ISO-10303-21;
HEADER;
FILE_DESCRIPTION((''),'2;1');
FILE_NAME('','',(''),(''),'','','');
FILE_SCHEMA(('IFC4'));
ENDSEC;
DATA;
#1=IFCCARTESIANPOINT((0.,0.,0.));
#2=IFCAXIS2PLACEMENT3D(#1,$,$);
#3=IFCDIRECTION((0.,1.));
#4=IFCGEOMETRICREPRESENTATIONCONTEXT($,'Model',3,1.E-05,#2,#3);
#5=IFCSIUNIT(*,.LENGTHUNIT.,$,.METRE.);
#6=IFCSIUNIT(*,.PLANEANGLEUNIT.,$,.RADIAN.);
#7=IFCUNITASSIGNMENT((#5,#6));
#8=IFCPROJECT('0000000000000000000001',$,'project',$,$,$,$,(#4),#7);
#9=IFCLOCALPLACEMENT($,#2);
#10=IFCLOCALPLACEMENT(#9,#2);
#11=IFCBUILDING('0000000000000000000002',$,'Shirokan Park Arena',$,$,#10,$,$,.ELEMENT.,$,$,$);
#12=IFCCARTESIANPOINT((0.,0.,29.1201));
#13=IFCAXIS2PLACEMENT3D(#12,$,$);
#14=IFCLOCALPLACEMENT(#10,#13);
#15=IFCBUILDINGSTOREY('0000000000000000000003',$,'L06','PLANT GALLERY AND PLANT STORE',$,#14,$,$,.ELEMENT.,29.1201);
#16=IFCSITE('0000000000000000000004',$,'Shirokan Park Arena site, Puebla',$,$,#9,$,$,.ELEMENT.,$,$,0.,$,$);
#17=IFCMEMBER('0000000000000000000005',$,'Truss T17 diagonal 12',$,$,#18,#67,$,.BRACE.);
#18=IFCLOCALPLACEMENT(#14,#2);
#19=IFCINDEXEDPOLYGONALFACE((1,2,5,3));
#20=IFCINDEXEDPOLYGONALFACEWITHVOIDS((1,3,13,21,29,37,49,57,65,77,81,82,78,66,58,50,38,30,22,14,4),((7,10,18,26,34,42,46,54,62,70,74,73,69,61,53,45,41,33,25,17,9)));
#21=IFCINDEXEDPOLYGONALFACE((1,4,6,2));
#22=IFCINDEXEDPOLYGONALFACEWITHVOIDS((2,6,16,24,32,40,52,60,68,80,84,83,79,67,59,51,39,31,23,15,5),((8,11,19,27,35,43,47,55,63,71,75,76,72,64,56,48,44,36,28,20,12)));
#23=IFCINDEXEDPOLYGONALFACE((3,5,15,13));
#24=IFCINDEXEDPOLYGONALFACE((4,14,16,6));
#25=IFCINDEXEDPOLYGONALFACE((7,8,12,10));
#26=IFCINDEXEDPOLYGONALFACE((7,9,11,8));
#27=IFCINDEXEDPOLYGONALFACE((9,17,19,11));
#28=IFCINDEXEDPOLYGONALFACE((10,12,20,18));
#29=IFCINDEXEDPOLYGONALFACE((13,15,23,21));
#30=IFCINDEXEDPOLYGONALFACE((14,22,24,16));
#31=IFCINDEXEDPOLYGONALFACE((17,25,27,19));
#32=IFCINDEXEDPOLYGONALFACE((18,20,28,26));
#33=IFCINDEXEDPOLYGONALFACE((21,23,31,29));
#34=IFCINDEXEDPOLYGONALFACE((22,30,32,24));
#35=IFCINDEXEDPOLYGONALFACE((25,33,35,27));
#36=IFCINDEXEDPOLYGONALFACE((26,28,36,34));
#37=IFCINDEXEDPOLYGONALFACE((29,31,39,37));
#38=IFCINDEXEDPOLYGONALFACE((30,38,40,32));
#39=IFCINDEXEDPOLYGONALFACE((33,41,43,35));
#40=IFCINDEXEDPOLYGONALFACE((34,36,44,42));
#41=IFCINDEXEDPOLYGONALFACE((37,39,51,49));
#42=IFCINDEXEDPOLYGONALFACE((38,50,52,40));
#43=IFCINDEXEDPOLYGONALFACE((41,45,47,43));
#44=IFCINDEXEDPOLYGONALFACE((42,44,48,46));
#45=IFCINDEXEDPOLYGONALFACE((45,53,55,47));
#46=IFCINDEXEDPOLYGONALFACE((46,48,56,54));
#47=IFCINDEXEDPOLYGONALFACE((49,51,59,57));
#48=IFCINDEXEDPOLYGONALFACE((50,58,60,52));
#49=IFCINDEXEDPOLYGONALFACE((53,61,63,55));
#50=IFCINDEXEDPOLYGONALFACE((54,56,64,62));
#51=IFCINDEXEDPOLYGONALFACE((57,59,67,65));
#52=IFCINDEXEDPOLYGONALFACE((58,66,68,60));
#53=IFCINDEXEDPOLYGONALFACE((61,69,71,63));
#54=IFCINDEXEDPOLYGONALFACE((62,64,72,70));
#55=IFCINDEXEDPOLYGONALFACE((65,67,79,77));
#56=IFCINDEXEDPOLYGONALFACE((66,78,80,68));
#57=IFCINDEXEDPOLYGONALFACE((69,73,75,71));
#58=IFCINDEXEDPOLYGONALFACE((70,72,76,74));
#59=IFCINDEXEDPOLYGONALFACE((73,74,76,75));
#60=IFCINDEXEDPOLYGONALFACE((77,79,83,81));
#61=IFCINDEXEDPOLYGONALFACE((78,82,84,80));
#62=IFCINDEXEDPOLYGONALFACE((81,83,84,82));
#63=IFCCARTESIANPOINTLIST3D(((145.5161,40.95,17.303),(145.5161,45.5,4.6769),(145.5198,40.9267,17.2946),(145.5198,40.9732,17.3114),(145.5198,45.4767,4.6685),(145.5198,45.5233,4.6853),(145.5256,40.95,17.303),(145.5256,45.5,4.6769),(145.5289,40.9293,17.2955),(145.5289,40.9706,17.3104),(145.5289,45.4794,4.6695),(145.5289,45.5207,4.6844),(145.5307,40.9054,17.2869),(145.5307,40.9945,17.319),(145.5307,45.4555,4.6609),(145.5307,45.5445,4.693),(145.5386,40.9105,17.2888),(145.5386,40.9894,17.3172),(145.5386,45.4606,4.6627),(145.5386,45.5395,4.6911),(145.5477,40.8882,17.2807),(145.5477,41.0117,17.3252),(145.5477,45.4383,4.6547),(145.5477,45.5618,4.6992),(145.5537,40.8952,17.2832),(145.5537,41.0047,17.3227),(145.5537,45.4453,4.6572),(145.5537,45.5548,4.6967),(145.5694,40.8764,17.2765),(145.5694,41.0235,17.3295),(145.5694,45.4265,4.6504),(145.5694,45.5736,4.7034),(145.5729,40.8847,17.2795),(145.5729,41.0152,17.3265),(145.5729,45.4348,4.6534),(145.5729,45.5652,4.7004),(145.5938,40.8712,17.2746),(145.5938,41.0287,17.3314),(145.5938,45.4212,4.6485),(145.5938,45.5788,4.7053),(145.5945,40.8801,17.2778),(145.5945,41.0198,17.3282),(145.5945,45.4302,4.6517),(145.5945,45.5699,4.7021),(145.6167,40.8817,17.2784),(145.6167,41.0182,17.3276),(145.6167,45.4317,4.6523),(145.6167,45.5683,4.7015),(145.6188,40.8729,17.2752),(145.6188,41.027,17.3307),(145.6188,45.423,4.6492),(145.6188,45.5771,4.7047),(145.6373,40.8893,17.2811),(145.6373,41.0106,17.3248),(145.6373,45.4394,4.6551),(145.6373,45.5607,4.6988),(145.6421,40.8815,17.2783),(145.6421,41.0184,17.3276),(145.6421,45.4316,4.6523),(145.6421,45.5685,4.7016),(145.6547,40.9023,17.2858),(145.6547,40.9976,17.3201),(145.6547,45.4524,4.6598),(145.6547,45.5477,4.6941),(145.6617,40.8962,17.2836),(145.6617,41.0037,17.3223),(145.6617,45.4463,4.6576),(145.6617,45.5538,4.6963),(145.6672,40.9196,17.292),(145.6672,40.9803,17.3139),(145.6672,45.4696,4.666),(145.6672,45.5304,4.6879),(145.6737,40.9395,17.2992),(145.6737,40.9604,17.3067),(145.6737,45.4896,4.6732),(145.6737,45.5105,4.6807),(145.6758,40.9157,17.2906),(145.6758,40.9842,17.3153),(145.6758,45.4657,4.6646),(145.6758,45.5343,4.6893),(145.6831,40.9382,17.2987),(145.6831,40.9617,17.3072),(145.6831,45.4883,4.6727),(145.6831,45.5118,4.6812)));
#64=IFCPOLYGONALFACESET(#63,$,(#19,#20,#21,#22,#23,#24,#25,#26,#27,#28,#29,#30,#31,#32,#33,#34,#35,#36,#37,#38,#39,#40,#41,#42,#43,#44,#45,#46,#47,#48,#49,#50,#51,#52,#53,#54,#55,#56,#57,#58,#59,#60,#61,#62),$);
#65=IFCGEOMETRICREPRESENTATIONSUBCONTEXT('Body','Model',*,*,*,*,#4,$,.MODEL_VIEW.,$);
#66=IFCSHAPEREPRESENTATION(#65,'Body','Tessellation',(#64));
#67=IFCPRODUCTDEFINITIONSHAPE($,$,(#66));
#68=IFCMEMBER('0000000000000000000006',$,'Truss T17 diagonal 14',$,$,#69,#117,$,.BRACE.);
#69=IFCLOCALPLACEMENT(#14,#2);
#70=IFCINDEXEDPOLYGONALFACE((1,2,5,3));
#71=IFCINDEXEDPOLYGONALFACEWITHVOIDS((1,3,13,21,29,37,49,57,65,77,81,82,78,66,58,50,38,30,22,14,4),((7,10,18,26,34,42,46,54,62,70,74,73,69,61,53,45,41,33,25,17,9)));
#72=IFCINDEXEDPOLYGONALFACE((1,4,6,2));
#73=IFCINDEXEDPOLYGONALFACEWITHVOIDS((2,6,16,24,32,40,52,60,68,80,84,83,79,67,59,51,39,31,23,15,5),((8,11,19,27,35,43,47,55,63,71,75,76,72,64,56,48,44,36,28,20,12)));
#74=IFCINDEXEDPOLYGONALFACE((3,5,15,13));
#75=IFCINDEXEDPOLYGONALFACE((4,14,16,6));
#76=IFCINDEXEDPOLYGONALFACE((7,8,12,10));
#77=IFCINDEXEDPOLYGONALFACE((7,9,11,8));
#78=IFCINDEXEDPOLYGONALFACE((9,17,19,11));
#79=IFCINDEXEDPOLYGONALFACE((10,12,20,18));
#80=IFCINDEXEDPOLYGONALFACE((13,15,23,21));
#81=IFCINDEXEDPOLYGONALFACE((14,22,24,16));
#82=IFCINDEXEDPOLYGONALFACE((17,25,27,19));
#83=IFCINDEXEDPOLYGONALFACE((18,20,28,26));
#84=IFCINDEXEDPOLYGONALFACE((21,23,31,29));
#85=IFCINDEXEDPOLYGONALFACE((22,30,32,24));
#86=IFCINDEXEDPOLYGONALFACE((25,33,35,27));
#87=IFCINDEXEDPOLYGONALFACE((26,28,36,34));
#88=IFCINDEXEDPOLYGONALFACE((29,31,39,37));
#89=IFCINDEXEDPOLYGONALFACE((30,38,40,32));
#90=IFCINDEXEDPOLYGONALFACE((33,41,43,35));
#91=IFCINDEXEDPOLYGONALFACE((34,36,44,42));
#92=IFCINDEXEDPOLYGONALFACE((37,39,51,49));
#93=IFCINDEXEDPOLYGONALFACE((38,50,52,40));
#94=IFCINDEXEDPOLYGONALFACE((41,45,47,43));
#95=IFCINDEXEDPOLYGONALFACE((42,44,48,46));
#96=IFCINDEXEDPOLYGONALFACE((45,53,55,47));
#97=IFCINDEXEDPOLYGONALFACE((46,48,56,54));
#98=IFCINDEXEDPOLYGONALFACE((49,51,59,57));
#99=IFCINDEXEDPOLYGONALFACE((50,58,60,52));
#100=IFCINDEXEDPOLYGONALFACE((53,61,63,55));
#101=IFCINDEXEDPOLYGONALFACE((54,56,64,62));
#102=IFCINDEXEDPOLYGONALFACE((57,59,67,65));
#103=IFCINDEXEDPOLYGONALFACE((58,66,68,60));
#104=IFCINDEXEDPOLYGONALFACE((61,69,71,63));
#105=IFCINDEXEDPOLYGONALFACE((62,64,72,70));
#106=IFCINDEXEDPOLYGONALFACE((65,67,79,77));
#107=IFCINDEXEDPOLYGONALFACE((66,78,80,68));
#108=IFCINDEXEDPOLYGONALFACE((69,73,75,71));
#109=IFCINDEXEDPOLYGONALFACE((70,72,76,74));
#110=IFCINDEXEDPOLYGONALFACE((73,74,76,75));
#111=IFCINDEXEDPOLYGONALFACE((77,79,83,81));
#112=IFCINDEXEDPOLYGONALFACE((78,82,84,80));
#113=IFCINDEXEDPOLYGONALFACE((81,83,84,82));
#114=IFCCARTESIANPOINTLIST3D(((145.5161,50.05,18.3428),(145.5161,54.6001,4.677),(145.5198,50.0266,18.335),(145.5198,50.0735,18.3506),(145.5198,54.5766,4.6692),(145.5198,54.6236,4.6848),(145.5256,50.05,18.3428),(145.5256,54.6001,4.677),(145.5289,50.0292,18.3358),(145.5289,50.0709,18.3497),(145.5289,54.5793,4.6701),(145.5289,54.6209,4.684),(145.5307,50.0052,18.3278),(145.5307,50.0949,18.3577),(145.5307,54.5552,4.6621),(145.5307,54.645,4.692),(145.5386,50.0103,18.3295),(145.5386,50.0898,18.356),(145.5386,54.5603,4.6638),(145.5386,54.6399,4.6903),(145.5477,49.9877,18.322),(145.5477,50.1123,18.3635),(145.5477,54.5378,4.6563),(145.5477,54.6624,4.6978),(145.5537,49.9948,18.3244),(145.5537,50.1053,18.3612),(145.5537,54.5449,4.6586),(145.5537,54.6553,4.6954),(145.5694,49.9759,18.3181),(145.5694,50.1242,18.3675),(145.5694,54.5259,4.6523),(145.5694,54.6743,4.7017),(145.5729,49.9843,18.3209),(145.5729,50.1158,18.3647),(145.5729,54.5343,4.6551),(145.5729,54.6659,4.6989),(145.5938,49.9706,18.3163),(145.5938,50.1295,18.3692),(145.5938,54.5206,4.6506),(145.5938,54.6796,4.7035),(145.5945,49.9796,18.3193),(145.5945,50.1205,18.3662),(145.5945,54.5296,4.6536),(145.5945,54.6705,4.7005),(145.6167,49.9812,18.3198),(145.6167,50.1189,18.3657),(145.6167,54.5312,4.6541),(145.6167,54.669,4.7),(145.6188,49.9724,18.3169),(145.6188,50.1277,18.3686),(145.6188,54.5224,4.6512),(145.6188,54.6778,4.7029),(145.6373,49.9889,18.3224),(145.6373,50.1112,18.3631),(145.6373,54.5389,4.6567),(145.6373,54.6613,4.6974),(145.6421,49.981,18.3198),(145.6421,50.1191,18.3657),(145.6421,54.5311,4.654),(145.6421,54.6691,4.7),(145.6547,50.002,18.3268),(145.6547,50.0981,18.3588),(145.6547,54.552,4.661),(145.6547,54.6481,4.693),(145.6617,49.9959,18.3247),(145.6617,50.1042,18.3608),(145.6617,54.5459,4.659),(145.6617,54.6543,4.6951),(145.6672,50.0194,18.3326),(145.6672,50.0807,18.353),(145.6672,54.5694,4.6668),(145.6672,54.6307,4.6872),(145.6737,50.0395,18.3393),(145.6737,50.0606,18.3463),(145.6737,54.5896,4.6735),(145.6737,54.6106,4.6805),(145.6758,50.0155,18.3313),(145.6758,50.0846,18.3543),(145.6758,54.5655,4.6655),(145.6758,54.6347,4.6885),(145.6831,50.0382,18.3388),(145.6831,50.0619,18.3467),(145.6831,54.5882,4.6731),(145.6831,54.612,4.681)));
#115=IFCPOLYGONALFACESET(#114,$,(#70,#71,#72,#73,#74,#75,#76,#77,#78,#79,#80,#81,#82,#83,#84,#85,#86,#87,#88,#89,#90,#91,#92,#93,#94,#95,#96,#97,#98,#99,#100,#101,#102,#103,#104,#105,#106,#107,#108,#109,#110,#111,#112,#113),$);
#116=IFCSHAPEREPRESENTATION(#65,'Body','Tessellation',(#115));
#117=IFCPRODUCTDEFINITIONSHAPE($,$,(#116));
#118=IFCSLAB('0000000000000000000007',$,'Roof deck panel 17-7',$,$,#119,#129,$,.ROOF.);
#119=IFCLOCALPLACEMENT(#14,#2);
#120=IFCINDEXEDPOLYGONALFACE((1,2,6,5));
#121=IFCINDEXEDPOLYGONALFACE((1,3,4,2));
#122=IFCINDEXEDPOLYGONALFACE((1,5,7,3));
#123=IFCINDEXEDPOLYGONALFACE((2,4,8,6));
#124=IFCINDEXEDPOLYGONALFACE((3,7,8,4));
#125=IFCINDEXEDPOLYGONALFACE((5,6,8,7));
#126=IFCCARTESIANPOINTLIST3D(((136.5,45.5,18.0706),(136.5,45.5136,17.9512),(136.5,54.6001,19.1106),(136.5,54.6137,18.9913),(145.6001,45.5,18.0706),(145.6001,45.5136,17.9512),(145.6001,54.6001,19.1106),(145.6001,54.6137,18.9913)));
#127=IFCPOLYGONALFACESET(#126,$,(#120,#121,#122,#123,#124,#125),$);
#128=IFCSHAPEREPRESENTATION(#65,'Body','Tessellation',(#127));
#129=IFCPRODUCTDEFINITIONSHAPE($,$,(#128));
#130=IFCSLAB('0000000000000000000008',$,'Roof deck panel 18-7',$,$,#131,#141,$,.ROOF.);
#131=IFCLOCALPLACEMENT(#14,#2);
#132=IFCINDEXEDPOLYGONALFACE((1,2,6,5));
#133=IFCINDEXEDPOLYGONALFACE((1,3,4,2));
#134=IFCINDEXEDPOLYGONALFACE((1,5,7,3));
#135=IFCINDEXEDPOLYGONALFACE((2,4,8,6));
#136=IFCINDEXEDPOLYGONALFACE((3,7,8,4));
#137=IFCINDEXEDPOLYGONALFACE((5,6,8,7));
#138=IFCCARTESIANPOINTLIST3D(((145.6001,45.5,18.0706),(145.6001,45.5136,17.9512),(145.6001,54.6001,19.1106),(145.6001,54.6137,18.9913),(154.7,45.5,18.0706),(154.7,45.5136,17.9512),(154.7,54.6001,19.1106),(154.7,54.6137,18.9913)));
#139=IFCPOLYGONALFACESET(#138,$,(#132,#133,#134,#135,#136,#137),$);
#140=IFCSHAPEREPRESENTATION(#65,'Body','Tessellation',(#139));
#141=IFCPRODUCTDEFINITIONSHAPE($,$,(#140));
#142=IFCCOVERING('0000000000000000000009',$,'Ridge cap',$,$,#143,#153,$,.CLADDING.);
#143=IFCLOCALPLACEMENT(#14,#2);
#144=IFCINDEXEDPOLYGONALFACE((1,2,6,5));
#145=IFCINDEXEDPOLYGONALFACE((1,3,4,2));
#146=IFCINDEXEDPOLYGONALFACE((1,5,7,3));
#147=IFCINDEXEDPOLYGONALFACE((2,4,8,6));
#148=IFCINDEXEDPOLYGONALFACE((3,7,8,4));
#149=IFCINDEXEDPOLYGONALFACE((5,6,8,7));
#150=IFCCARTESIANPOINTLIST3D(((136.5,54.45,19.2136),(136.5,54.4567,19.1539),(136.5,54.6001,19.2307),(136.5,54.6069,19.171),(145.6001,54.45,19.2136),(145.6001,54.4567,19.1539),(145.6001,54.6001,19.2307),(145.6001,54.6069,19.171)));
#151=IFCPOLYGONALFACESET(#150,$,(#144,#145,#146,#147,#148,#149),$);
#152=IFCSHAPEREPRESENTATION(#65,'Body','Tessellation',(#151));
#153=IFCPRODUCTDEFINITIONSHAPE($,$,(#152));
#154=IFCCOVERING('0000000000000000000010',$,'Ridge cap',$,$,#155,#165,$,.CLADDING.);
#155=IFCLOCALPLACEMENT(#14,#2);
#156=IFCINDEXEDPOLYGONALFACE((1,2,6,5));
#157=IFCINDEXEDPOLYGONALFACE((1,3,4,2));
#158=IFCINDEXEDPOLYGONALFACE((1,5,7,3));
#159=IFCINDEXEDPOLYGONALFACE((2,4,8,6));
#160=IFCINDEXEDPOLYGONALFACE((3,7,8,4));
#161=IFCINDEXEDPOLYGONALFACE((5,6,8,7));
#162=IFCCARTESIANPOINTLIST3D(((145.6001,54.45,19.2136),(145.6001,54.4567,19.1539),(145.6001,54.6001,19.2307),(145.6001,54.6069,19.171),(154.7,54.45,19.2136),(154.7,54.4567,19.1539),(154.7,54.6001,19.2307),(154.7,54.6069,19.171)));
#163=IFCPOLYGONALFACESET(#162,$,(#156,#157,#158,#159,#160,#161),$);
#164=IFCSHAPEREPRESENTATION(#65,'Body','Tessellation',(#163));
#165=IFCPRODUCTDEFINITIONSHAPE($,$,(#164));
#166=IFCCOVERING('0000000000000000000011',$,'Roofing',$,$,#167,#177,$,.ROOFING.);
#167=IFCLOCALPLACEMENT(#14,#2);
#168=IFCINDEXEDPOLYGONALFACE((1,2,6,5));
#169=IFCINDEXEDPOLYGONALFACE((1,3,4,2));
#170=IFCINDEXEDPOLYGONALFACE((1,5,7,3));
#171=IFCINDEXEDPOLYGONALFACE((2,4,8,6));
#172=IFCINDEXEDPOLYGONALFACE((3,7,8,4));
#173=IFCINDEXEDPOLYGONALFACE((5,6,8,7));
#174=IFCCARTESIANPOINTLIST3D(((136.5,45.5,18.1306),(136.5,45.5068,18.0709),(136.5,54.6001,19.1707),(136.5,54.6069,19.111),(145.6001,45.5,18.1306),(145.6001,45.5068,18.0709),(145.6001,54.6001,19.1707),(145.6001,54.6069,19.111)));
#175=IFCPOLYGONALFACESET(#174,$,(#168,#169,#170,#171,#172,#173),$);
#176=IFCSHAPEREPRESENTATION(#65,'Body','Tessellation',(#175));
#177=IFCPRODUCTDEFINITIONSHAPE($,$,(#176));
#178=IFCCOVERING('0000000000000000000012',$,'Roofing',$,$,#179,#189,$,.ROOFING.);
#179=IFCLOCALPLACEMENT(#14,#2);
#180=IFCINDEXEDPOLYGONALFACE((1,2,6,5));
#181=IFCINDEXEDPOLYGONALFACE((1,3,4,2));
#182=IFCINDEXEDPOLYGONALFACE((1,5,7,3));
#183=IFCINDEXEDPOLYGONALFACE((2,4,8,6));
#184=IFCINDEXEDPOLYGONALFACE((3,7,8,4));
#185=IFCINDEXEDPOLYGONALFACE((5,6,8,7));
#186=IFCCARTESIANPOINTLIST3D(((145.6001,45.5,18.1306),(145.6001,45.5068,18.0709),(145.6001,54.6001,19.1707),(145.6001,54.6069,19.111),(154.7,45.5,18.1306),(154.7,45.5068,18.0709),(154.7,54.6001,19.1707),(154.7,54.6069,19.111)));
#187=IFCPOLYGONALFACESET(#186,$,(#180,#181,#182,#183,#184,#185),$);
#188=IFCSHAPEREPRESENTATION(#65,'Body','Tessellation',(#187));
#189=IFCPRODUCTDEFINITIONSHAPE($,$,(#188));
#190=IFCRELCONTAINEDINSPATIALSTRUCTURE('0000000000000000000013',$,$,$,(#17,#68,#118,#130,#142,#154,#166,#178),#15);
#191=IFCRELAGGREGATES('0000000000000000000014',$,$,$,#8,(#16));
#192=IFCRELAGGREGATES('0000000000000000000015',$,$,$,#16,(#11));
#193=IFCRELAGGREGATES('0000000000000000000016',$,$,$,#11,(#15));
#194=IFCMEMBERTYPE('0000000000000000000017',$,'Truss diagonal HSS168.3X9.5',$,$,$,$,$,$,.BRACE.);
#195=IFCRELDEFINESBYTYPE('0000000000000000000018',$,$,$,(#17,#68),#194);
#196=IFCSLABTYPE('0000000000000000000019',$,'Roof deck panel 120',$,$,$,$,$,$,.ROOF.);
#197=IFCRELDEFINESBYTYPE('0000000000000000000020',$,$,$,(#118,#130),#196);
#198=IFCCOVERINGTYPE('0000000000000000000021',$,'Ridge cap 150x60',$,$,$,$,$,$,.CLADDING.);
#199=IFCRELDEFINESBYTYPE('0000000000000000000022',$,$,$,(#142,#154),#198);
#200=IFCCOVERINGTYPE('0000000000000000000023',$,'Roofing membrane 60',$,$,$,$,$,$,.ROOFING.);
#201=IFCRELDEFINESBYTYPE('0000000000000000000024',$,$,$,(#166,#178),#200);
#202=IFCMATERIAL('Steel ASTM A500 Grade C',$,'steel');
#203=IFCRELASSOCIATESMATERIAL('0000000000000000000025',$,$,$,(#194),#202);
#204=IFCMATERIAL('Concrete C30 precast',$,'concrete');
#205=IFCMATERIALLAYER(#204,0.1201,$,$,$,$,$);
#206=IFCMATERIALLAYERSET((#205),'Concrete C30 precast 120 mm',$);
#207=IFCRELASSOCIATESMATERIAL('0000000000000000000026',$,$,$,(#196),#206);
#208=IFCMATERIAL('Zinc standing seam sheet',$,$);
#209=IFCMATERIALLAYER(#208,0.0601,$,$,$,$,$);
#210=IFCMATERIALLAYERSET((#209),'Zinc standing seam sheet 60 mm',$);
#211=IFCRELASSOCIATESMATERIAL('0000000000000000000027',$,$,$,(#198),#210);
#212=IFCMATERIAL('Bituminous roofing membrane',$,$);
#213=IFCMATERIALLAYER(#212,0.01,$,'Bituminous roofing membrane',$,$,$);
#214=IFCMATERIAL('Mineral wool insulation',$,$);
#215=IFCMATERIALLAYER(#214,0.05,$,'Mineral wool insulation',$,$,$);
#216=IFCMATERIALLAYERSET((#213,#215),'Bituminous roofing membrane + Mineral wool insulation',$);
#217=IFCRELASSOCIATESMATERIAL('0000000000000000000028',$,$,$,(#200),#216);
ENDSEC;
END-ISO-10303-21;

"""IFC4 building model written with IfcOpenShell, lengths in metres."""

from ifc_helpers import new_model, si_unit, direction, frame, origin, origin_2d, place, context, subcontext, project, spatial, polyline, hollow_circle, outline, extrude, material, layer, layer_set, material_profile, profile_set, type_object, element, save


model = new_model("IFC4")

# Units and contexts
model_context = context("Model", 3, precision=1e-05, world=origin(), true_north=direction((0.0, 1.0)))
body_context = subcontext(model_context, "Body", "Model", "MODEL_VIEW")
ifc_project = project(units=[si_unit("LENGTHUNIT", "METRE"), si_unit("PLANEANGLEUNIT", "RADIAN")], contexts=[model_context])

# Site, building, storey
site_placement = place(None, origin())
site = spatial("IfcSite", under=ifc_project, at=site_placement, Name="Shirokan Park Arena site, Puebla", CompositionType="ELEMENT", RefElevation=0.0)
building_placement = place(site_placement, origin())
building = spatial("IfcBuilding", under=site, at=building_placement, Name="Shirokan Park Arena", CompositionType="ELEMENT")
storey_placement = place(building_placement, frame((0.0, 0.0, 29.1201)))
storey = spatial("IfcBuildingStorey", under=building, at=storey_placement, Name="L06", Description="PLANT GALLERY AND PLANT STORE", CompositionType="ELEMENT", Elevation=29.1201)

# Members
ifc_material_1 = material(Name="Steel ASTM A500 Grade C", Category="steel")
ifc_material_profile_1 = material_profile(ifc_material_1, hollow_circle(Radius=0.084, WallThickness=0.0095, at=origin_2d()), Name="HSS168.3X9.5")
ifc_profile_set_1 = profile_set([ifc_material_profile_1], Name="Steel ASTM A500 Grade C")
member_type_1 = type_object("IfcMemberType", Name="Truss diagonal HSS168.3X9.5", PredefinedType="BRACE", material=ifc_profile_set_1)
member_1_placement = place(storey_placement, frame((145.6001, 40.95, 17.303), z_axis=(0.0, 0.339029, -0.940776), x_axis=(-1.0, 0.0, 0.0)))
element("IfcMember", 1, at=member_1_placement, inside=storey, type_object=member_type_1, Name="Truss T17 diagonal 12", PredefinedType="BRACE", context=body_context, shape_type="SweptSolid", body=[
    extrude(hollow_circle(Radius=0.084, WallThickness=0.0095, at=origin_2d()), origin(), (0.0, 0.0, 1.0), 13.4209),
])
member_2_placement = place(storey_placement, frame((145.6001, 50.05, 18.3428), z_axis=(0.0, 0.315902, -0.948792), x_axis=(-1.0, 0.0, 0.0)))
element("IfcMember", 2, at=member_2_placement, inside=storey, type_object=member_type_1, Name="Truss T17 diagonal 14", PredefinedType="BRACE", context=body_context, shape_type="SweptSolid", body=[
    extrude(hollow_circle(Radius=0.084, WallThickness=0.0095, at=origin_2d()), origin(), (0.0, 0.0, 1.0), 14.4033),
])

# Slabs
ifc_material_2 = material(Name="Concrete C30 precast", Category="concrete")
ifc_layer_1 = layer(ifc_material_2, 0.1201)
ifc_layer_set_1 = layer_set([ifc_layer_1], Name="Concrete C30 precast 120 mm")
slab_type = type_object("IfcSlabType", Name="Roof deck panel 120", PredefinedType="ROOF", material=ifc_layer_set_1)
slab_1_placement = place(storey_placement, frame((136.5, 45.5, 18.0706), z_axis=(0.0, -0.11355, 0.993532), x_axis=(1.0, 0.0, 0.0)))
element("IfcSlab", 3, at=slab_1_placement, inside=storey, type_object=slab_type, Name="Roof deck panel 17-7", PredefinedType="ROOF", context=body_context, shape_type="SweptSolid", body=[
    extrude(outline(polyline([(0.0, 0.0), (9.1001, 0.0), (9.1001, 9.1593), (0.0, 9.1593), (0.0, 0.0)])), origin(), (0.0, 0.0, -1.0), 0.1201),
])
slab_2_placement = place(storey_placement, frame((145.6001, 45.5, 18.0706), z_axis=(0.0, -0.11355, 0.993532), x_axis=(1.0, 0.0, 0.0)))
element("IfcSlab", 4, at=slab_2_placement, inside=storey, type_object=slab_type, Name="Roof deck panel 18-7", PredefinedType="ROOF", context=body_context, shape_type="SweptSolid", body=[
    extrude(outline(polyline([(0.0, 0.0), (9.0999, 0.0), (9.0999, 9.1593), (0.0, 9.1593), (0.0, 0.0)])), origin(), (0.0, 0.0, -1.0), 0.1201),
])

# Coverings
ifc_material_3 = material(Name="Zinc standing seam sheet")
ifc_layer_2 = layer(ifc_material_3, 0.0601)
ifc_layer_set_2 = layer_set([ifc_layer_2], Name="Zinc standing seam sheet 60 mm")
covering_type_1 = type_object("IfcCoveringType", Name="Ridge cap 150x60", PredefinedType="CLADDING", material=ifc_layer_set_2)
covering_1_placement = place(storey_placement, frame((136.5, 54.45, 19.2136), z_axis=(0.0, -0.113091, 0.993585), x_axis=(1.0, 0.0, 0.0)))
element("IfcCovering", 5, at=covering_1_placement, inside=storey, type_object=covering_type_1, Name="Ridge cap", PredefinedType="CLADDING", context=body_context, shape_type="SweptSolid", body=[
    extrude(outline(polyline([(0.0, 0.0), (9.1001, 0.0), (9.1001, 0.1511), (0.0, 0.1511), (0.0, 0.0)])), origin(), (0.0, 0.0, -1.0), 0.0601),
])
covering_2_placement = place(storey_placement, frame((145.6001, 54.45, 19.2136), z_axis=(0.0, -0.113091, 0.993585), x_axis=(1.0, 0.0, 0.0)))
element("IfcCovering", 6, at=covering_2_placement, inside=storey, type_object=covering_type_1, Name="Ridge cap", PredefinedType="CLADDING", context=body_context, shape_type="SweptSolid", body=[
    extrude(outline(polyline([(0.0, 0.0), (9.0999, 0.0), (9.0999, 0.1511), (0.0, 0.1511), (0.0, 0.0)])), origin(), (0.0, 0.0, -1.0), 0.0601),
])
ifc_material_4 = material(Name="Bituminous roofing membrane")
ifc_layer_3 = layer(ifc_material_4, 0.01, Name="Bituminous roofing membrane")
ifc_material_5 = material(Name="Mineral wool insulation")
ifc_layer_4 = layer(ifc_material_5, 0.05, Name="Mineral wool insulation")
ifc_layer_set_3 = layer_set([ifc_layer_3, ifc_layer_4], Name="Bituminous roofing membrane + Mineral wool insulation")
covering_type_2 = type_object("IfcCoveringType", Name="Roofing membrane 60", PredefinedType="ROOFING", material=ifc_layer_set_3)
covering_3_placement = place(storey_placement, frame((136.5, 45.5, 18.1306), z_axis=(0.0, -0.11355, 0.993532), x_axis=(1.0, 0.0, 0.0)))
element("IfcCovering", 7, at=covering_3_placement, inside=storey, type_object=covering_type_2, Name="Roofing", PredefinedType="ROOFING", context=body_context, shape_type="SweptSolid", body=[
    extrude(outline(polyline([(0.0, 0.0), (9.1001, 0.0), (9.1001, 9.1593), (0.0, 9.1593), (0.0, 0.0)])), origin(), (0.0, 0.0, -1.0), 0.0601),
])
covering_4_placement = place(storey_placement, frame((145.6001, 45.5, 18.1306), z_axis=(0.0, -0.11355, 0.993532), x_axis=(1.0, 0.0, 0.0)))
element("IfcCovering", 8, at=covering_4_placement, inside=storey, type_object=covering_type_2, Name="Roofing", PredefinedType="ROOFING", context=body_context, shape_type="SweptSolid", body=[
    extrude(outline(polyline([(0.0, 0.0), (9.0999, 0.0), (9.0999, 9.1593), (0.0, 9.1593), (0.0, 0.0)])), origin(), (0.0, 0.0, -1.0), 0.0601),
])

save(model, "model.ifc")
